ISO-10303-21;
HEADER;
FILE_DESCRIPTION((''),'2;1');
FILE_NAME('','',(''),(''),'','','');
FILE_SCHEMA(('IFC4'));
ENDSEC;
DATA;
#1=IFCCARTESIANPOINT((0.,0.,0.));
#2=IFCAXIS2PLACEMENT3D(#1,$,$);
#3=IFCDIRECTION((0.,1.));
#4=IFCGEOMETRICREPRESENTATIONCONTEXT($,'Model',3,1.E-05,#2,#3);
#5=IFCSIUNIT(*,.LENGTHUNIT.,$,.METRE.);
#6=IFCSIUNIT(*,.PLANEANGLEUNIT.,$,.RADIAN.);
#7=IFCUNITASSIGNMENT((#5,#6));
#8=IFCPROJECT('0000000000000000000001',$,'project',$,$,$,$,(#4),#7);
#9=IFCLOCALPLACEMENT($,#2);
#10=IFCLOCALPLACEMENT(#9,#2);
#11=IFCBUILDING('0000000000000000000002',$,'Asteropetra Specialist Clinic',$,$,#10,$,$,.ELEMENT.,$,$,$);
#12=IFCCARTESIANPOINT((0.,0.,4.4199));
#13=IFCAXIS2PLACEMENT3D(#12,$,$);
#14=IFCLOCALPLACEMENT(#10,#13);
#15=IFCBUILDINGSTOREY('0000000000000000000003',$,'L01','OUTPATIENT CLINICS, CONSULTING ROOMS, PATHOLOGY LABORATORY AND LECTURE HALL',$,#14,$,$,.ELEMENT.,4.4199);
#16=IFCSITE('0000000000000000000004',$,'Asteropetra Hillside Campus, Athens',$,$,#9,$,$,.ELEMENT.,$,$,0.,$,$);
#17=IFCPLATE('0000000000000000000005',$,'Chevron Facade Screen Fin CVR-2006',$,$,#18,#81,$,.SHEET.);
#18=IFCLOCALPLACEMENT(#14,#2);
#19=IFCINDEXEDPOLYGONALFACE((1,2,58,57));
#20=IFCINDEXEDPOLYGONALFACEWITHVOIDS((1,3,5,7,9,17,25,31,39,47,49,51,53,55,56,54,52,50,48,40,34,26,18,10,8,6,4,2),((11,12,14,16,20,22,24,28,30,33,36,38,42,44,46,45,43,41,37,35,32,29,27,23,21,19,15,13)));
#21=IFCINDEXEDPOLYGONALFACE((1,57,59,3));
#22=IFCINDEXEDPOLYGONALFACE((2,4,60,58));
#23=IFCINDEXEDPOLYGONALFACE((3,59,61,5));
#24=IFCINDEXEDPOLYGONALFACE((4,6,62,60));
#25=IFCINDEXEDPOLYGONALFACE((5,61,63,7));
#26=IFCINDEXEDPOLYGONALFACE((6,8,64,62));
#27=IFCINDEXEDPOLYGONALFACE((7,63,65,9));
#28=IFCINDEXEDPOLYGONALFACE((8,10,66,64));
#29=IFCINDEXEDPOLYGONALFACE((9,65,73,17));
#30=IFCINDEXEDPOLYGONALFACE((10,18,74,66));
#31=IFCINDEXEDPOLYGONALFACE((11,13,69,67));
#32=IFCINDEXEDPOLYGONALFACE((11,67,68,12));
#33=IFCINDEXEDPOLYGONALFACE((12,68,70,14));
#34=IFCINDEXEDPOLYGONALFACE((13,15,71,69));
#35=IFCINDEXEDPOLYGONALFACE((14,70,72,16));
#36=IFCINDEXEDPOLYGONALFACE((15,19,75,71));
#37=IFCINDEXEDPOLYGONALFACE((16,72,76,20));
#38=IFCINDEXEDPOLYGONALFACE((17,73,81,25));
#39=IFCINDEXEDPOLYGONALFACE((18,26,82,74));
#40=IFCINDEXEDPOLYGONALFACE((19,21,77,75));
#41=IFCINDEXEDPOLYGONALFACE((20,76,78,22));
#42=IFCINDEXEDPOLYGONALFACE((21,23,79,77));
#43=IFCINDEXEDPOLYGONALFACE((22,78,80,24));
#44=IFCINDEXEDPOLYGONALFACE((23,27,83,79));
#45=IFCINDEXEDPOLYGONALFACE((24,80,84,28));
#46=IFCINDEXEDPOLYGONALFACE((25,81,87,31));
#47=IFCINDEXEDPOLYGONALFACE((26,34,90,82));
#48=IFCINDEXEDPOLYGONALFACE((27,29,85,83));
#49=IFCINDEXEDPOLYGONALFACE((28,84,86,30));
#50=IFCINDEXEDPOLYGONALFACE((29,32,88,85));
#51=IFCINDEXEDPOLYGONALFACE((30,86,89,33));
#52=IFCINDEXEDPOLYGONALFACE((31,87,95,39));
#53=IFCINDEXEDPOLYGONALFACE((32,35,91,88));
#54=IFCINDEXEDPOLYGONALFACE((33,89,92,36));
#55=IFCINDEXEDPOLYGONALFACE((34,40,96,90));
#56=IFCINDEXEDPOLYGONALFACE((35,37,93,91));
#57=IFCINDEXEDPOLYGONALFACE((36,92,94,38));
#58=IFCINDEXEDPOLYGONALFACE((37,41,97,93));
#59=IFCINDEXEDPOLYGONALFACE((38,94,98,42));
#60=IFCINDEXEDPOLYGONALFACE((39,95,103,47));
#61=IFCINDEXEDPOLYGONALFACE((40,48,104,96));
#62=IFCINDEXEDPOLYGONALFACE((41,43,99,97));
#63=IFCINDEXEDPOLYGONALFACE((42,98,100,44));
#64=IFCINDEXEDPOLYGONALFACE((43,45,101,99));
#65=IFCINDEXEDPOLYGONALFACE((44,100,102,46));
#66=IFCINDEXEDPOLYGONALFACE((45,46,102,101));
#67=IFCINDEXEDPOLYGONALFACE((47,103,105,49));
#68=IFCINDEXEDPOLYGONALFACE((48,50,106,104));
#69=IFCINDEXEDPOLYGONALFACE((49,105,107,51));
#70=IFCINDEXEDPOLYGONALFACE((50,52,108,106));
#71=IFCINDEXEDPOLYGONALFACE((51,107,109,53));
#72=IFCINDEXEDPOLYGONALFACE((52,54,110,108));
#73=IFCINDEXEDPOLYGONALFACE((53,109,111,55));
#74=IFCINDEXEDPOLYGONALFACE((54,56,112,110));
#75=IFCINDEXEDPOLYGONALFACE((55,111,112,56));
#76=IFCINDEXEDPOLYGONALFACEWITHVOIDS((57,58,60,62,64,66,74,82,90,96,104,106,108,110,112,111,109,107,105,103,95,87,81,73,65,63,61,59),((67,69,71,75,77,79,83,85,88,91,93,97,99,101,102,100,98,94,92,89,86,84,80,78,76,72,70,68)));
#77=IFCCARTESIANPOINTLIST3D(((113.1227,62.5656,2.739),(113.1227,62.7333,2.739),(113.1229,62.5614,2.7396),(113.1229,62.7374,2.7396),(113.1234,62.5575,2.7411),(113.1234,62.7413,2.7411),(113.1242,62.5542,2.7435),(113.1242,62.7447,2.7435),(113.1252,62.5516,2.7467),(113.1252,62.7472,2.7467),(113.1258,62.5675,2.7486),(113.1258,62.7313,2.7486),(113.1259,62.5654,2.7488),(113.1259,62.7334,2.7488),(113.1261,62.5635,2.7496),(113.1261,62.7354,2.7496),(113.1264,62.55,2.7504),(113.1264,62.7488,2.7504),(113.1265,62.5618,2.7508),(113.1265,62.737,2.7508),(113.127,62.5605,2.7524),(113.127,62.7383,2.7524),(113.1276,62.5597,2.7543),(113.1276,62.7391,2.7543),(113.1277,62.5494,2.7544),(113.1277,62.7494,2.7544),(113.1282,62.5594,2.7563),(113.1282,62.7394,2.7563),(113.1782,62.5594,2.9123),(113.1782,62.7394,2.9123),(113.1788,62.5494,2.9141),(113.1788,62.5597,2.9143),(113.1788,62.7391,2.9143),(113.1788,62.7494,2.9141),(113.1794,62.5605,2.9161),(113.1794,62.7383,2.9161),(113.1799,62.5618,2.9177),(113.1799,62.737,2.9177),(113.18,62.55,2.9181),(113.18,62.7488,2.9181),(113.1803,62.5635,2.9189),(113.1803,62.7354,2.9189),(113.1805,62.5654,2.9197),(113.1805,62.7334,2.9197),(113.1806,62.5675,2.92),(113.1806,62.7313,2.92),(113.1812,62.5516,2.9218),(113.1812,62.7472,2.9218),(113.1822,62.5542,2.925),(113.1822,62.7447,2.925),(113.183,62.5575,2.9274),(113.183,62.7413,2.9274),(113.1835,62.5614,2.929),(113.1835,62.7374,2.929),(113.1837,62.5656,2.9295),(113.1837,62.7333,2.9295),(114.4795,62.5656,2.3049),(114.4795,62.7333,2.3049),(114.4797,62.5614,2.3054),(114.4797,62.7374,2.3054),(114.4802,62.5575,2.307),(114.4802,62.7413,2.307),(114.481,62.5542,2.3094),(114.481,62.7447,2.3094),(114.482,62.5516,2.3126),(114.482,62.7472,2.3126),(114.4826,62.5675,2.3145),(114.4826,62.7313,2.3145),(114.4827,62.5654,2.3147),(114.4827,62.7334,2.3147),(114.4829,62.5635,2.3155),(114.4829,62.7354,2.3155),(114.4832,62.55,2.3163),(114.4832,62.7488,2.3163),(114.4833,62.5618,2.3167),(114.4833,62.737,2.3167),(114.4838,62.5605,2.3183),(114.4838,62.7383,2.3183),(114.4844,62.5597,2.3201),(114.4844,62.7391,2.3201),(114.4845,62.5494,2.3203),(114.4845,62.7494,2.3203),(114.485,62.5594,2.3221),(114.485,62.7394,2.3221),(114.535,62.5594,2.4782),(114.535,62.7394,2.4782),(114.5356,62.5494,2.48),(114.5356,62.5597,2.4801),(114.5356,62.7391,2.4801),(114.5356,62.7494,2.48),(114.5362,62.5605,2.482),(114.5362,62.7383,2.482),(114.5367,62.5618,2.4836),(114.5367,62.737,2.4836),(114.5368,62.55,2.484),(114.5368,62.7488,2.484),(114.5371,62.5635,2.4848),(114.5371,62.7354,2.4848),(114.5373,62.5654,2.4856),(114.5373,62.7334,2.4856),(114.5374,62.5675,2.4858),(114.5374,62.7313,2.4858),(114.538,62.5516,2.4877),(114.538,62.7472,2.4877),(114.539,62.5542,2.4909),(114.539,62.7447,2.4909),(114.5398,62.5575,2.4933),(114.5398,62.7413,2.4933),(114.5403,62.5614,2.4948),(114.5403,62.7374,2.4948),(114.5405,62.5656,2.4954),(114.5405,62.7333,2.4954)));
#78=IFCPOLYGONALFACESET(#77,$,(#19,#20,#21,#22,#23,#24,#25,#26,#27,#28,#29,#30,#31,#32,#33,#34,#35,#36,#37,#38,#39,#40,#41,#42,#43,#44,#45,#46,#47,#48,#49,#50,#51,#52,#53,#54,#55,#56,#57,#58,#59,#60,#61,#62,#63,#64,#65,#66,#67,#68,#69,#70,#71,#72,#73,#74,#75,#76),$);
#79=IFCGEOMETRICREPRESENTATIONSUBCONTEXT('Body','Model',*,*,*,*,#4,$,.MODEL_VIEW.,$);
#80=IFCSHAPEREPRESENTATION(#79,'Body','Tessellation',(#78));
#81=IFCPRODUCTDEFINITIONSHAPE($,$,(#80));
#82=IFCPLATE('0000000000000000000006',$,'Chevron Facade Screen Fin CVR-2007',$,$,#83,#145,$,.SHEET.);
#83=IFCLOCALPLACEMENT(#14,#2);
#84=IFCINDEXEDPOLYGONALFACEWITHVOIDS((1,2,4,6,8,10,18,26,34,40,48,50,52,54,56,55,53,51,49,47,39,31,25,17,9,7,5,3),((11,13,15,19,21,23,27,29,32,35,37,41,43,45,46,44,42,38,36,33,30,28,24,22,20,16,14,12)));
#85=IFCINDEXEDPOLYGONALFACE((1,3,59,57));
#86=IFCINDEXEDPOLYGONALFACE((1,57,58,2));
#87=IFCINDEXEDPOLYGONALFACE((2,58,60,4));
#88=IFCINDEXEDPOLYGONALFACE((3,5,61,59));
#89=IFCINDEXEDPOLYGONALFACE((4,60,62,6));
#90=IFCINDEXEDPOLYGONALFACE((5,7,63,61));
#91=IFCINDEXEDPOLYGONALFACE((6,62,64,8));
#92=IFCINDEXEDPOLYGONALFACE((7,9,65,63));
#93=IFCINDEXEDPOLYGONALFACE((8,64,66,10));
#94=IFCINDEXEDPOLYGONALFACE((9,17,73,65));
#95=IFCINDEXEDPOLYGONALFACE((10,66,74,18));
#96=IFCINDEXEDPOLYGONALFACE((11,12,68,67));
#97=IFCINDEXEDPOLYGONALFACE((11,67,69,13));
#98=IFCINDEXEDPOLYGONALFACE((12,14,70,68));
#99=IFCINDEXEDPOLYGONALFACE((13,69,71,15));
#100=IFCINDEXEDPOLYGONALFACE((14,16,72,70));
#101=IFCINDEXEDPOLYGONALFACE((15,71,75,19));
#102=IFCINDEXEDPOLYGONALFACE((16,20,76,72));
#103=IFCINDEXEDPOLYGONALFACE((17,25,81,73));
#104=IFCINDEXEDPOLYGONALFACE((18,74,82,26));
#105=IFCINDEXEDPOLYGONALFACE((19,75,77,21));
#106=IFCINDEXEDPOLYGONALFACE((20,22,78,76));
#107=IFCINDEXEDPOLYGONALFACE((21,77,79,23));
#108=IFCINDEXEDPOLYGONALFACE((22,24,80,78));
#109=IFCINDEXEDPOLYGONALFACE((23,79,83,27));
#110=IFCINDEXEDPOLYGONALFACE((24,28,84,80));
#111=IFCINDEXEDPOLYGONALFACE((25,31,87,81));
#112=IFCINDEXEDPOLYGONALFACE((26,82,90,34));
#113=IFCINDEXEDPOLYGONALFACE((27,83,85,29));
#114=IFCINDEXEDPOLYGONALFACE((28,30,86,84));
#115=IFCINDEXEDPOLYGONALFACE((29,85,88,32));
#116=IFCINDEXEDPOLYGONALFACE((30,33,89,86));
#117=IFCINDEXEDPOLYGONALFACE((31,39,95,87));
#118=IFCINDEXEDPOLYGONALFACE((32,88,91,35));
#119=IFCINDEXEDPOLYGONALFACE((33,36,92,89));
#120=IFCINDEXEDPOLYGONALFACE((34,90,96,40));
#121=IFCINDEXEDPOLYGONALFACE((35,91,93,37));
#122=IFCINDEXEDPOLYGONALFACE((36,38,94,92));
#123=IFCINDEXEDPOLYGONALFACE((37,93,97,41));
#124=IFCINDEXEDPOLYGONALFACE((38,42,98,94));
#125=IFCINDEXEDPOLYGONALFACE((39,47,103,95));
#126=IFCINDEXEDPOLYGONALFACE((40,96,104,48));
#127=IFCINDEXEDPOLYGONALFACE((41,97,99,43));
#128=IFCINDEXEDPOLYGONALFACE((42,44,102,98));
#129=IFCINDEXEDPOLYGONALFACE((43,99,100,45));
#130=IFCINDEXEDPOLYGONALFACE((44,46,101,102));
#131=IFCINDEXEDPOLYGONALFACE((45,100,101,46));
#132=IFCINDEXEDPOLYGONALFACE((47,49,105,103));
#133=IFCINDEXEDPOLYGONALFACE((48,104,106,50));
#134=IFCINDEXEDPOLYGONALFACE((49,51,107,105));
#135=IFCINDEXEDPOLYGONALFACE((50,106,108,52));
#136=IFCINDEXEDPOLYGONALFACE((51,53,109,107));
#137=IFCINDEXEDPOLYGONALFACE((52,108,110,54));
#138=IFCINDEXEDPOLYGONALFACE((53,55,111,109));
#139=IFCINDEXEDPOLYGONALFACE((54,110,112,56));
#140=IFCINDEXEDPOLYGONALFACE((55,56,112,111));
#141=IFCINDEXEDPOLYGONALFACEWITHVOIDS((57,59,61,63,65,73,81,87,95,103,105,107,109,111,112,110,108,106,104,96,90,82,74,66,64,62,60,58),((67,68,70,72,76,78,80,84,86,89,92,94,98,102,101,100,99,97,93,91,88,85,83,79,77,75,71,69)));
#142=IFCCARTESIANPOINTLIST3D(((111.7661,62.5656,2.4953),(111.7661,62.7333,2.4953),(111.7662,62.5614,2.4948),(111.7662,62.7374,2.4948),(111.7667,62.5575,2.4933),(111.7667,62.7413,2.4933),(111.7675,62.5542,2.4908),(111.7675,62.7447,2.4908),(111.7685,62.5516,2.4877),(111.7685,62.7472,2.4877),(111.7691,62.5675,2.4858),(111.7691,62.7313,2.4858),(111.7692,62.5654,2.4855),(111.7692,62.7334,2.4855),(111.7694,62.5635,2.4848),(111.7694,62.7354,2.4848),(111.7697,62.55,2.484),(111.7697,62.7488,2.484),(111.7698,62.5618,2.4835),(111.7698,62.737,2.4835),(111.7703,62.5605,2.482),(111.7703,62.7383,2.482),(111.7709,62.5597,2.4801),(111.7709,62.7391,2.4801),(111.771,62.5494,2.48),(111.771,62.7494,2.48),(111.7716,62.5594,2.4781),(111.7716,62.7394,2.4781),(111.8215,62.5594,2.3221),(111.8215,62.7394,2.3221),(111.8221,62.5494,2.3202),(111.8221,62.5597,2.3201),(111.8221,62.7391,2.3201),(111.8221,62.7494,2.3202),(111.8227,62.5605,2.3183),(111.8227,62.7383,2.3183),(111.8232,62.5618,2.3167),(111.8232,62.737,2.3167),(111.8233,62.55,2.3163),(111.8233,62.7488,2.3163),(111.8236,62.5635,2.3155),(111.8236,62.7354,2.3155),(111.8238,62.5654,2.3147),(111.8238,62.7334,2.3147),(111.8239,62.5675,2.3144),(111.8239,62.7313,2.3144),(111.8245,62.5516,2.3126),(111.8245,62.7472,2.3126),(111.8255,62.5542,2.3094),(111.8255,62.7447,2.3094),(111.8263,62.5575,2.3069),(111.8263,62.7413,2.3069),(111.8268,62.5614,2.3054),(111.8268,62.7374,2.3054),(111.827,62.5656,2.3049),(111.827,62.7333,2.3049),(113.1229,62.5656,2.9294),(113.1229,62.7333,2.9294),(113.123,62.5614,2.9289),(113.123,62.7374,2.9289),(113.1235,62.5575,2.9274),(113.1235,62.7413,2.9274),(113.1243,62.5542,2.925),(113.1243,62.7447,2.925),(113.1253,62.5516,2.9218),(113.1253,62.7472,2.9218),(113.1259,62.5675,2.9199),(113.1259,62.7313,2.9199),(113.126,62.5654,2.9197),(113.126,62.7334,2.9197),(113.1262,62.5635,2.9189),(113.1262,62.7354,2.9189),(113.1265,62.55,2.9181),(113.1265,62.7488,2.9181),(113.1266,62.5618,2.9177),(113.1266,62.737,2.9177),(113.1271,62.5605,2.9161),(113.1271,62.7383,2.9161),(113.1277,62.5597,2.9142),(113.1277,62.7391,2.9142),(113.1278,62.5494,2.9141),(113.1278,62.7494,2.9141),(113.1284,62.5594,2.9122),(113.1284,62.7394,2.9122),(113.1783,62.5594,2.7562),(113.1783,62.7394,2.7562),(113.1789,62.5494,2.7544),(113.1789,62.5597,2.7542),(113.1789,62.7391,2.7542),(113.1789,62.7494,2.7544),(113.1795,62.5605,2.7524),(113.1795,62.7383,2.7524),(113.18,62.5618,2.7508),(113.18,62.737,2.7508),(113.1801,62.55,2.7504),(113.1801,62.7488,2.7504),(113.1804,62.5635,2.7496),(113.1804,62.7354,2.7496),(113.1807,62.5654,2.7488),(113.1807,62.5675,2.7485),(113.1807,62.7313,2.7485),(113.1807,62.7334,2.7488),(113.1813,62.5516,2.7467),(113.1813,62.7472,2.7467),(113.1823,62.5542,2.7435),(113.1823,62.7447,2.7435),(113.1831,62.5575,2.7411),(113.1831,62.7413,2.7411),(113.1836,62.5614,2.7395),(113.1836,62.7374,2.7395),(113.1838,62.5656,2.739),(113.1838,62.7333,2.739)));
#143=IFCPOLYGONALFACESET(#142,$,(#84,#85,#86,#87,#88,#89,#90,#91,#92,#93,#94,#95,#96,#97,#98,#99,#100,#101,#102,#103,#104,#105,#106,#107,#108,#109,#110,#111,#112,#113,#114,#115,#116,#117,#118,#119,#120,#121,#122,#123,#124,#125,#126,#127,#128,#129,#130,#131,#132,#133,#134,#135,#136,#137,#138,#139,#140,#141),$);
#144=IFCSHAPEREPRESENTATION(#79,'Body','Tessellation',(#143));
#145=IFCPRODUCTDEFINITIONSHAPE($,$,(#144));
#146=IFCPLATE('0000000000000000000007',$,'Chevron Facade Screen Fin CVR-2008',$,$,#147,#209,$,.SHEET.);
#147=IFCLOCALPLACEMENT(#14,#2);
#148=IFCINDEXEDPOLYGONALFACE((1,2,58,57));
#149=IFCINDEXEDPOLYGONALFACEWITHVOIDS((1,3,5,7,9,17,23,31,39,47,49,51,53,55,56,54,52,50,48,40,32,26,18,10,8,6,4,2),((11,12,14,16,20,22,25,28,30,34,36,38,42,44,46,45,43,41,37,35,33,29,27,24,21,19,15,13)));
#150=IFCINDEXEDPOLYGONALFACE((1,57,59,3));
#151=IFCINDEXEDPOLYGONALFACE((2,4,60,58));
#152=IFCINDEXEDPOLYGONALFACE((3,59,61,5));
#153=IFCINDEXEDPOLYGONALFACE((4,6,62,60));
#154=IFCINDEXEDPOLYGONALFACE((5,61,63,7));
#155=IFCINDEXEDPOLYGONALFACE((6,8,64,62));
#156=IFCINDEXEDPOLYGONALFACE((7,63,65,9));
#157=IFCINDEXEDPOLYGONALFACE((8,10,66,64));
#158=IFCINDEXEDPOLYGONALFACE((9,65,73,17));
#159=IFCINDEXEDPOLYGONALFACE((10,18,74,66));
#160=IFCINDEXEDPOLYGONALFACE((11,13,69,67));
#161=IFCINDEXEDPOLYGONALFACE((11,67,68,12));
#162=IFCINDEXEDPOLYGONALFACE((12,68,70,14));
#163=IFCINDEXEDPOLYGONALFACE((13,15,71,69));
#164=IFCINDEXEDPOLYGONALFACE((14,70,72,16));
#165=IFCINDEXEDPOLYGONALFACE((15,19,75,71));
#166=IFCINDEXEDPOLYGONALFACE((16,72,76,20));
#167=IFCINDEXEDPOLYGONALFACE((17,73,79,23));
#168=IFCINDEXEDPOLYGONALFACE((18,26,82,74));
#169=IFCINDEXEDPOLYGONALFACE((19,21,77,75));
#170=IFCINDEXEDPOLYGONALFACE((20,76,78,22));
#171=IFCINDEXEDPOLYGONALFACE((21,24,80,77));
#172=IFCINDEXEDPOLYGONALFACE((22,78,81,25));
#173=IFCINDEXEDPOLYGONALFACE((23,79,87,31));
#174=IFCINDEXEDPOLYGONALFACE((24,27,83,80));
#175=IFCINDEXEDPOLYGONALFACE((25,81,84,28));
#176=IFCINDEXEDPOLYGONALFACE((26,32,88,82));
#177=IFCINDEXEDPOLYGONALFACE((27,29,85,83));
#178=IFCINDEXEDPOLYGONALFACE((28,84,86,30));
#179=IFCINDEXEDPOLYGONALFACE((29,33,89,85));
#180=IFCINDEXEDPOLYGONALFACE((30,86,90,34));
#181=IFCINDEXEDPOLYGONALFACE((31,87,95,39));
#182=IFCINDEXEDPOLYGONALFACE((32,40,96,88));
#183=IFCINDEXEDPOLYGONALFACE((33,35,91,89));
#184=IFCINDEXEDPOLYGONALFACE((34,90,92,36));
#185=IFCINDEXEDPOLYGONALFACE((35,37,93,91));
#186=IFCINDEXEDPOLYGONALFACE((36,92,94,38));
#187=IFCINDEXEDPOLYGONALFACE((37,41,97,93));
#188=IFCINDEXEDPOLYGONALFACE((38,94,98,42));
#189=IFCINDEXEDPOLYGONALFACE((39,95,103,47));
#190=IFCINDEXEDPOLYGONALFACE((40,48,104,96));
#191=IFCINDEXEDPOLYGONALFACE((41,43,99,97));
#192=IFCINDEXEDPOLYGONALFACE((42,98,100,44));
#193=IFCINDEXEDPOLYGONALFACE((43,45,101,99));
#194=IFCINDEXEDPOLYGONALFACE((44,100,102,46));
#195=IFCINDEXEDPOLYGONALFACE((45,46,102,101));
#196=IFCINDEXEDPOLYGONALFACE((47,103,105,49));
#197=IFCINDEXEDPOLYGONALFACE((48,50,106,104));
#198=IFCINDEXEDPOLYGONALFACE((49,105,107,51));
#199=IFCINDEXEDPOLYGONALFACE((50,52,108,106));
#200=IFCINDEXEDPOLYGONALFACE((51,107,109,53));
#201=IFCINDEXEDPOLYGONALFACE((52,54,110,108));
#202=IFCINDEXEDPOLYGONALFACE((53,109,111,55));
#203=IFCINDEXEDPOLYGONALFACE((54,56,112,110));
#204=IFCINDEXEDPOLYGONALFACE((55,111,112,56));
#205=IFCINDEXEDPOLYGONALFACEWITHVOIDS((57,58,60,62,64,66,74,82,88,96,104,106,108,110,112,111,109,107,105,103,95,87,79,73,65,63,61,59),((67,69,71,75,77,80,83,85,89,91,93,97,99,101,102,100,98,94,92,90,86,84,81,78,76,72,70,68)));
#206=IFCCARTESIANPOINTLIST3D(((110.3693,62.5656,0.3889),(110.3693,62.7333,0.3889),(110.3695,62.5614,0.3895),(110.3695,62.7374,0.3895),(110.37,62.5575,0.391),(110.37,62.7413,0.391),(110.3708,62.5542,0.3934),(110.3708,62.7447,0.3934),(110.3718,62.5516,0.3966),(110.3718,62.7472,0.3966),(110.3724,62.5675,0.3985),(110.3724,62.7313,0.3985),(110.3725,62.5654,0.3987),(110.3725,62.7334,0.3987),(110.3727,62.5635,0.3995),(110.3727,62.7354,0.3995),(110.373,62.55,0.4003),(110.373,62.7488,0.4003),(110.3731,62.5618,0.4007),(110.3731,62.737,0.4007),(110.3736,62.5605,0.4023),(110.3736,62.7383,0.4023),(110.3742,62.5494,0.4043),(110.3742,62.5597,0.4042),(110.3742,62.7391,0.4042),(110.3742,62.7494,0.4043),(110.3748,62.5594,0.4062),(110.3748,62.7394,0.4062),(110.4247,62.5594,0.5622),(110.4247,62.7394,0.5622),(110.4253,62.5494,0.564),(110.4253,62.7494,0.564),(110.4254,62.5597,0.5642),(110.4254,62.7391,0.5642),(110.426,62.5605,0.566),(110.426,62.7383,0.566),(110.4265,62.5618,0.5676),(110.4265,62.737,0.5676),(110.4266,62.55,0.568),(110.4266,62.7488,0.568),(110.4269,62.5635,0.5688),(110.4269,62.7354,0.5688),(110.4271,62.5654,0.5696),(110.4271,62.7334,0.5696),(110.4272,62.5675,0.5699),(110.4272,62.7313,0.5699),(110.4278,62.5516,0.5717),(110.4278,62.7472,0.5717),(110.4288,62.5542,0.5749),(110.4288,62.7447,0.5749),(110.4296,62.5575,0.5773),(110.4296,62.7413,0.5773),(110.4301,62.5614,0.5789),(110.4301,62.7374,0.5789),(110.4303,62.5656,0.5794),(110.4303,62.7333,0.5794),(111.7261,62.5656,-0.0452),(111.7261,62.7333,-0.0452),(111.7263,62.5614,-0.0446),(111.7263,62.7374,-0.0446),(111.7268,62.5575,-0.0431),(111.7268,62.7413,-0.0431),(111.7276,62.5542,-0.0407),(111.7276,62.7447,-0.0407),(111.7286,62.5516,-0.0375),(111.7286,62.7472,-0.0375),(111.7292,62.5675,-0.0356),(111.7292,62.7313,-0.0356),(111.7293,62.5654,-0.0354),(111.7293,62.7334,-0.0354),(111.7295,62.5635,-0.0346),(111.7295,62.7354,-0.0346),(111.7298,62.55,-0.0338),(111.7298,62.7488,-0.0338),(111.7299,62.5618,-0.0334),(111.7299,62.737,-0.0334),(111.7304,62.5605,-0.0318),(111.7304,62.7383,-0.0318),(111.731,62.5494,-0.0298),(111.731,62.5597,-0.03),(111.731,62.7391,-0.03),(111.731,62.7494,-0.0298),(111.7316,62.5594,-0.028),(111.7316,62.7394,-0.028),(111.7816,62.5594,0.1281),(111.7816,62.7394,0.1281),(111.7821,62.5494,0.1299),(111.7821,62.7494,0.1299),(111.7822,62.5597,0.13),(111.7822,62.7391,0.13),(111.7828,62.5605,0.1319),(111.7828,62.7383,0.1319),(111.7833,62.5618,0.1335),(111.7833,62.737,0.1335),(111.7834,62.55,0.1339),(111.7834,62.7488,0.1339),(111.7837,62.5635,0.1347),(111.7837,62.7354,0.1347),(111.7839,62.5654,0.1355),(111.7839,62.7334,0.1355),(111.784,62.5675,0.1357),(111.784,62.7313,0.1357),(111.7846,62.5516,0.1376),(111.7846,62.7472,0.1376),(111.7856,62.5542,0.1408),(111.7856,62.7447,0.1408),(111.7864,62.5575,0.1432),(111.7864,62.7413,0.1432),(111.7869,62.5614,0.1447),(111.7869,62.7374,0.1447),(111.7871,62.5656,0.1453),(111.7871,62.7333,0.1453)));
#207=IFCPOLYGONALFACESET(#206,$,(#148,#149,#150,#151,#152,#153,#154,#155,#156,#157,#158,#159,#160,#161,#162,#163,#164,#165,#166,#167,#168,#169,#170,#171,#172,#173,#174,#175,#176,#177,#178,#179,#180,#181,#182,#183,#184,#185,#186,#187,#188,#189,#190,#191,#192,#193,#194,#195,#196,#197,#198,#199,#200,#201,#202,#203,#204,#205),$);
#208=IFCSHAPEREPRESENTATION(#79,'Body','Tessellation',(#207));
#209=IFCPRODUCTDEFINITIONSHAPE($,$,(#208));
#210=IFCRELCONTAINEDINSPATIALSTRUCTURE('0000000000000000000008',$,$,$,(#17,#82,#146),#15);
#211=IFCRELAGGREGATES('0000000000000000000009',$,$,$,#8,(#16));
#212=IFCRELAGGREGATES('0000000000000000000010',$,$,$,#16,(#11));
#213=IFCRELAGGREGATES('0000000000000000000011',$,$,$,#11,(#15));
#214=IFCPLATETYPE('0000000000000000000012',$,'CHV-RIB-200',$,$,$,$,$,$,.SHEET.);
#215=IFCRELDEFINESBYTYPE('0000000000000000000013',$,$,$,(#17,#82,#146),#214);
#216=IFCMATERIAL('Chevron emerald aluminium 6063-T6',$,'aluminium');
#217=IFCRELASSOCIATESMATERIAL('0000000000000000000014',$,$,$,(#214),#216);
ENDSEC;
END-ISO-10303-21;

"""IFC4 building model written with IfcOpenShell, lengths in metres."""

from ifc_helpers import new_model, si_unit, direction, frame, origin, origin_2d, place, context, subcontext, project, spatial, hollow_rectangle, extrude, material, material_profile, profile_set, type_object, element, save


model = new_model("IFC4")

# Units and contexts
model_context = context("Model", 3, precision=1e-05, world=origin(), true_north=direction((0.0, 1.0)))
body_context = subcontext(model_context, "Body", "Model", "MODEL_VIEW")
ifc_project = project(units=[si_unit("LENGTHUNIT", "METRE"), si_unit("PLANEANGLEUNIT", "RADIAN")], contexts=[model_context])

# Site, building, storey
site_placement = place(None, origin())
site = spatial("IfcSite", under=ifc_project, at=site_placement, Name="Asteropetra Hillside Campus, Athens", CompositionType="ELEMENT", RefElevation=0.0)
building_placement = place(site_placement, origin())
building = spatial("IfcBuilding", under=site, at=building_placement, Name="Asteropetra Specialist Clinic", CompositionType="ELEMENT")
storey_placement = place(building_placement, frame((0.0, 0.0, 4.4199)))
storey = spatial("IfcBuildingStorey", under=building, at=storey_placement, Name="L01", Description="OUTPATIENT CLINICS, CONSULTING ROOMS, PATHOLOGY LABORATORY AND LECTURE HALL", CompositionType="ELEMENT", Elevation=4.4199)

# Plates
ifc_material_1 = material(Name="Chevron emerald aluminium 6063-T6", Category="aluminium")
ifc_material_profile = material_profile(ifc_material_1, hollow_rectangle(XDim=0.2, YDim=0.2, WallThickness=0.01, InnerFilletRadius=0.0081, OuterFilletRadius=0.0161, at=origin_2d()), Name="SHS 200x200x10.0")
ifc_profile_set = profile_set([ifc_material_profile], Name="Chevron emerald aluminium 6063-T6")
plate_type = type_object("IfcPlateType", Name="CHV-RIB-200", PredefinedType="SHEET", material=ifc_profile_set)
for number, where, z_axis, x_axis, name in (
    (1, (114.51, 62.6494, 2.4001), (-0.952436, 0.0, 0.304738), (0.0, -1.0, 0.0), "Chevron Facade Screen Fin CVR-2006"),
    (2, (113.1533, 62.6494, 2.8342), (-0.952436, 0.0, -0.304738), (0.0, -1.0, 0.0), "Chevron Facade Screen Fin CVR-2007"),
    (3, (111.7566, 62.6494, 0.05), (-0.952436, 0.0, 0.304738), (0.0, -1.0, 0.0), "Chevron Facade Screen Fin CVR-2008"),
):
    element("IfcPlate", number, at=place(storey_placement, frame(where, z_axis=z_axis, x_axis=x_axis)), inside=storey, type_object=plate_type, Name=name, PredefinedType="SHEET", context=body_context, shape_type="SweptSolid", body=[
        extrude(hollow_rectangle(XDim=0.2, YDim=0.2, WallThickness=0.01, InnerFilletRadius=0.0081, OuterFilletRadius=0.0161, at=origin_2d()), origin(), (0.0, 0.0, 1.0), 1.4246),
    ])

save(model, "model.ifc")
